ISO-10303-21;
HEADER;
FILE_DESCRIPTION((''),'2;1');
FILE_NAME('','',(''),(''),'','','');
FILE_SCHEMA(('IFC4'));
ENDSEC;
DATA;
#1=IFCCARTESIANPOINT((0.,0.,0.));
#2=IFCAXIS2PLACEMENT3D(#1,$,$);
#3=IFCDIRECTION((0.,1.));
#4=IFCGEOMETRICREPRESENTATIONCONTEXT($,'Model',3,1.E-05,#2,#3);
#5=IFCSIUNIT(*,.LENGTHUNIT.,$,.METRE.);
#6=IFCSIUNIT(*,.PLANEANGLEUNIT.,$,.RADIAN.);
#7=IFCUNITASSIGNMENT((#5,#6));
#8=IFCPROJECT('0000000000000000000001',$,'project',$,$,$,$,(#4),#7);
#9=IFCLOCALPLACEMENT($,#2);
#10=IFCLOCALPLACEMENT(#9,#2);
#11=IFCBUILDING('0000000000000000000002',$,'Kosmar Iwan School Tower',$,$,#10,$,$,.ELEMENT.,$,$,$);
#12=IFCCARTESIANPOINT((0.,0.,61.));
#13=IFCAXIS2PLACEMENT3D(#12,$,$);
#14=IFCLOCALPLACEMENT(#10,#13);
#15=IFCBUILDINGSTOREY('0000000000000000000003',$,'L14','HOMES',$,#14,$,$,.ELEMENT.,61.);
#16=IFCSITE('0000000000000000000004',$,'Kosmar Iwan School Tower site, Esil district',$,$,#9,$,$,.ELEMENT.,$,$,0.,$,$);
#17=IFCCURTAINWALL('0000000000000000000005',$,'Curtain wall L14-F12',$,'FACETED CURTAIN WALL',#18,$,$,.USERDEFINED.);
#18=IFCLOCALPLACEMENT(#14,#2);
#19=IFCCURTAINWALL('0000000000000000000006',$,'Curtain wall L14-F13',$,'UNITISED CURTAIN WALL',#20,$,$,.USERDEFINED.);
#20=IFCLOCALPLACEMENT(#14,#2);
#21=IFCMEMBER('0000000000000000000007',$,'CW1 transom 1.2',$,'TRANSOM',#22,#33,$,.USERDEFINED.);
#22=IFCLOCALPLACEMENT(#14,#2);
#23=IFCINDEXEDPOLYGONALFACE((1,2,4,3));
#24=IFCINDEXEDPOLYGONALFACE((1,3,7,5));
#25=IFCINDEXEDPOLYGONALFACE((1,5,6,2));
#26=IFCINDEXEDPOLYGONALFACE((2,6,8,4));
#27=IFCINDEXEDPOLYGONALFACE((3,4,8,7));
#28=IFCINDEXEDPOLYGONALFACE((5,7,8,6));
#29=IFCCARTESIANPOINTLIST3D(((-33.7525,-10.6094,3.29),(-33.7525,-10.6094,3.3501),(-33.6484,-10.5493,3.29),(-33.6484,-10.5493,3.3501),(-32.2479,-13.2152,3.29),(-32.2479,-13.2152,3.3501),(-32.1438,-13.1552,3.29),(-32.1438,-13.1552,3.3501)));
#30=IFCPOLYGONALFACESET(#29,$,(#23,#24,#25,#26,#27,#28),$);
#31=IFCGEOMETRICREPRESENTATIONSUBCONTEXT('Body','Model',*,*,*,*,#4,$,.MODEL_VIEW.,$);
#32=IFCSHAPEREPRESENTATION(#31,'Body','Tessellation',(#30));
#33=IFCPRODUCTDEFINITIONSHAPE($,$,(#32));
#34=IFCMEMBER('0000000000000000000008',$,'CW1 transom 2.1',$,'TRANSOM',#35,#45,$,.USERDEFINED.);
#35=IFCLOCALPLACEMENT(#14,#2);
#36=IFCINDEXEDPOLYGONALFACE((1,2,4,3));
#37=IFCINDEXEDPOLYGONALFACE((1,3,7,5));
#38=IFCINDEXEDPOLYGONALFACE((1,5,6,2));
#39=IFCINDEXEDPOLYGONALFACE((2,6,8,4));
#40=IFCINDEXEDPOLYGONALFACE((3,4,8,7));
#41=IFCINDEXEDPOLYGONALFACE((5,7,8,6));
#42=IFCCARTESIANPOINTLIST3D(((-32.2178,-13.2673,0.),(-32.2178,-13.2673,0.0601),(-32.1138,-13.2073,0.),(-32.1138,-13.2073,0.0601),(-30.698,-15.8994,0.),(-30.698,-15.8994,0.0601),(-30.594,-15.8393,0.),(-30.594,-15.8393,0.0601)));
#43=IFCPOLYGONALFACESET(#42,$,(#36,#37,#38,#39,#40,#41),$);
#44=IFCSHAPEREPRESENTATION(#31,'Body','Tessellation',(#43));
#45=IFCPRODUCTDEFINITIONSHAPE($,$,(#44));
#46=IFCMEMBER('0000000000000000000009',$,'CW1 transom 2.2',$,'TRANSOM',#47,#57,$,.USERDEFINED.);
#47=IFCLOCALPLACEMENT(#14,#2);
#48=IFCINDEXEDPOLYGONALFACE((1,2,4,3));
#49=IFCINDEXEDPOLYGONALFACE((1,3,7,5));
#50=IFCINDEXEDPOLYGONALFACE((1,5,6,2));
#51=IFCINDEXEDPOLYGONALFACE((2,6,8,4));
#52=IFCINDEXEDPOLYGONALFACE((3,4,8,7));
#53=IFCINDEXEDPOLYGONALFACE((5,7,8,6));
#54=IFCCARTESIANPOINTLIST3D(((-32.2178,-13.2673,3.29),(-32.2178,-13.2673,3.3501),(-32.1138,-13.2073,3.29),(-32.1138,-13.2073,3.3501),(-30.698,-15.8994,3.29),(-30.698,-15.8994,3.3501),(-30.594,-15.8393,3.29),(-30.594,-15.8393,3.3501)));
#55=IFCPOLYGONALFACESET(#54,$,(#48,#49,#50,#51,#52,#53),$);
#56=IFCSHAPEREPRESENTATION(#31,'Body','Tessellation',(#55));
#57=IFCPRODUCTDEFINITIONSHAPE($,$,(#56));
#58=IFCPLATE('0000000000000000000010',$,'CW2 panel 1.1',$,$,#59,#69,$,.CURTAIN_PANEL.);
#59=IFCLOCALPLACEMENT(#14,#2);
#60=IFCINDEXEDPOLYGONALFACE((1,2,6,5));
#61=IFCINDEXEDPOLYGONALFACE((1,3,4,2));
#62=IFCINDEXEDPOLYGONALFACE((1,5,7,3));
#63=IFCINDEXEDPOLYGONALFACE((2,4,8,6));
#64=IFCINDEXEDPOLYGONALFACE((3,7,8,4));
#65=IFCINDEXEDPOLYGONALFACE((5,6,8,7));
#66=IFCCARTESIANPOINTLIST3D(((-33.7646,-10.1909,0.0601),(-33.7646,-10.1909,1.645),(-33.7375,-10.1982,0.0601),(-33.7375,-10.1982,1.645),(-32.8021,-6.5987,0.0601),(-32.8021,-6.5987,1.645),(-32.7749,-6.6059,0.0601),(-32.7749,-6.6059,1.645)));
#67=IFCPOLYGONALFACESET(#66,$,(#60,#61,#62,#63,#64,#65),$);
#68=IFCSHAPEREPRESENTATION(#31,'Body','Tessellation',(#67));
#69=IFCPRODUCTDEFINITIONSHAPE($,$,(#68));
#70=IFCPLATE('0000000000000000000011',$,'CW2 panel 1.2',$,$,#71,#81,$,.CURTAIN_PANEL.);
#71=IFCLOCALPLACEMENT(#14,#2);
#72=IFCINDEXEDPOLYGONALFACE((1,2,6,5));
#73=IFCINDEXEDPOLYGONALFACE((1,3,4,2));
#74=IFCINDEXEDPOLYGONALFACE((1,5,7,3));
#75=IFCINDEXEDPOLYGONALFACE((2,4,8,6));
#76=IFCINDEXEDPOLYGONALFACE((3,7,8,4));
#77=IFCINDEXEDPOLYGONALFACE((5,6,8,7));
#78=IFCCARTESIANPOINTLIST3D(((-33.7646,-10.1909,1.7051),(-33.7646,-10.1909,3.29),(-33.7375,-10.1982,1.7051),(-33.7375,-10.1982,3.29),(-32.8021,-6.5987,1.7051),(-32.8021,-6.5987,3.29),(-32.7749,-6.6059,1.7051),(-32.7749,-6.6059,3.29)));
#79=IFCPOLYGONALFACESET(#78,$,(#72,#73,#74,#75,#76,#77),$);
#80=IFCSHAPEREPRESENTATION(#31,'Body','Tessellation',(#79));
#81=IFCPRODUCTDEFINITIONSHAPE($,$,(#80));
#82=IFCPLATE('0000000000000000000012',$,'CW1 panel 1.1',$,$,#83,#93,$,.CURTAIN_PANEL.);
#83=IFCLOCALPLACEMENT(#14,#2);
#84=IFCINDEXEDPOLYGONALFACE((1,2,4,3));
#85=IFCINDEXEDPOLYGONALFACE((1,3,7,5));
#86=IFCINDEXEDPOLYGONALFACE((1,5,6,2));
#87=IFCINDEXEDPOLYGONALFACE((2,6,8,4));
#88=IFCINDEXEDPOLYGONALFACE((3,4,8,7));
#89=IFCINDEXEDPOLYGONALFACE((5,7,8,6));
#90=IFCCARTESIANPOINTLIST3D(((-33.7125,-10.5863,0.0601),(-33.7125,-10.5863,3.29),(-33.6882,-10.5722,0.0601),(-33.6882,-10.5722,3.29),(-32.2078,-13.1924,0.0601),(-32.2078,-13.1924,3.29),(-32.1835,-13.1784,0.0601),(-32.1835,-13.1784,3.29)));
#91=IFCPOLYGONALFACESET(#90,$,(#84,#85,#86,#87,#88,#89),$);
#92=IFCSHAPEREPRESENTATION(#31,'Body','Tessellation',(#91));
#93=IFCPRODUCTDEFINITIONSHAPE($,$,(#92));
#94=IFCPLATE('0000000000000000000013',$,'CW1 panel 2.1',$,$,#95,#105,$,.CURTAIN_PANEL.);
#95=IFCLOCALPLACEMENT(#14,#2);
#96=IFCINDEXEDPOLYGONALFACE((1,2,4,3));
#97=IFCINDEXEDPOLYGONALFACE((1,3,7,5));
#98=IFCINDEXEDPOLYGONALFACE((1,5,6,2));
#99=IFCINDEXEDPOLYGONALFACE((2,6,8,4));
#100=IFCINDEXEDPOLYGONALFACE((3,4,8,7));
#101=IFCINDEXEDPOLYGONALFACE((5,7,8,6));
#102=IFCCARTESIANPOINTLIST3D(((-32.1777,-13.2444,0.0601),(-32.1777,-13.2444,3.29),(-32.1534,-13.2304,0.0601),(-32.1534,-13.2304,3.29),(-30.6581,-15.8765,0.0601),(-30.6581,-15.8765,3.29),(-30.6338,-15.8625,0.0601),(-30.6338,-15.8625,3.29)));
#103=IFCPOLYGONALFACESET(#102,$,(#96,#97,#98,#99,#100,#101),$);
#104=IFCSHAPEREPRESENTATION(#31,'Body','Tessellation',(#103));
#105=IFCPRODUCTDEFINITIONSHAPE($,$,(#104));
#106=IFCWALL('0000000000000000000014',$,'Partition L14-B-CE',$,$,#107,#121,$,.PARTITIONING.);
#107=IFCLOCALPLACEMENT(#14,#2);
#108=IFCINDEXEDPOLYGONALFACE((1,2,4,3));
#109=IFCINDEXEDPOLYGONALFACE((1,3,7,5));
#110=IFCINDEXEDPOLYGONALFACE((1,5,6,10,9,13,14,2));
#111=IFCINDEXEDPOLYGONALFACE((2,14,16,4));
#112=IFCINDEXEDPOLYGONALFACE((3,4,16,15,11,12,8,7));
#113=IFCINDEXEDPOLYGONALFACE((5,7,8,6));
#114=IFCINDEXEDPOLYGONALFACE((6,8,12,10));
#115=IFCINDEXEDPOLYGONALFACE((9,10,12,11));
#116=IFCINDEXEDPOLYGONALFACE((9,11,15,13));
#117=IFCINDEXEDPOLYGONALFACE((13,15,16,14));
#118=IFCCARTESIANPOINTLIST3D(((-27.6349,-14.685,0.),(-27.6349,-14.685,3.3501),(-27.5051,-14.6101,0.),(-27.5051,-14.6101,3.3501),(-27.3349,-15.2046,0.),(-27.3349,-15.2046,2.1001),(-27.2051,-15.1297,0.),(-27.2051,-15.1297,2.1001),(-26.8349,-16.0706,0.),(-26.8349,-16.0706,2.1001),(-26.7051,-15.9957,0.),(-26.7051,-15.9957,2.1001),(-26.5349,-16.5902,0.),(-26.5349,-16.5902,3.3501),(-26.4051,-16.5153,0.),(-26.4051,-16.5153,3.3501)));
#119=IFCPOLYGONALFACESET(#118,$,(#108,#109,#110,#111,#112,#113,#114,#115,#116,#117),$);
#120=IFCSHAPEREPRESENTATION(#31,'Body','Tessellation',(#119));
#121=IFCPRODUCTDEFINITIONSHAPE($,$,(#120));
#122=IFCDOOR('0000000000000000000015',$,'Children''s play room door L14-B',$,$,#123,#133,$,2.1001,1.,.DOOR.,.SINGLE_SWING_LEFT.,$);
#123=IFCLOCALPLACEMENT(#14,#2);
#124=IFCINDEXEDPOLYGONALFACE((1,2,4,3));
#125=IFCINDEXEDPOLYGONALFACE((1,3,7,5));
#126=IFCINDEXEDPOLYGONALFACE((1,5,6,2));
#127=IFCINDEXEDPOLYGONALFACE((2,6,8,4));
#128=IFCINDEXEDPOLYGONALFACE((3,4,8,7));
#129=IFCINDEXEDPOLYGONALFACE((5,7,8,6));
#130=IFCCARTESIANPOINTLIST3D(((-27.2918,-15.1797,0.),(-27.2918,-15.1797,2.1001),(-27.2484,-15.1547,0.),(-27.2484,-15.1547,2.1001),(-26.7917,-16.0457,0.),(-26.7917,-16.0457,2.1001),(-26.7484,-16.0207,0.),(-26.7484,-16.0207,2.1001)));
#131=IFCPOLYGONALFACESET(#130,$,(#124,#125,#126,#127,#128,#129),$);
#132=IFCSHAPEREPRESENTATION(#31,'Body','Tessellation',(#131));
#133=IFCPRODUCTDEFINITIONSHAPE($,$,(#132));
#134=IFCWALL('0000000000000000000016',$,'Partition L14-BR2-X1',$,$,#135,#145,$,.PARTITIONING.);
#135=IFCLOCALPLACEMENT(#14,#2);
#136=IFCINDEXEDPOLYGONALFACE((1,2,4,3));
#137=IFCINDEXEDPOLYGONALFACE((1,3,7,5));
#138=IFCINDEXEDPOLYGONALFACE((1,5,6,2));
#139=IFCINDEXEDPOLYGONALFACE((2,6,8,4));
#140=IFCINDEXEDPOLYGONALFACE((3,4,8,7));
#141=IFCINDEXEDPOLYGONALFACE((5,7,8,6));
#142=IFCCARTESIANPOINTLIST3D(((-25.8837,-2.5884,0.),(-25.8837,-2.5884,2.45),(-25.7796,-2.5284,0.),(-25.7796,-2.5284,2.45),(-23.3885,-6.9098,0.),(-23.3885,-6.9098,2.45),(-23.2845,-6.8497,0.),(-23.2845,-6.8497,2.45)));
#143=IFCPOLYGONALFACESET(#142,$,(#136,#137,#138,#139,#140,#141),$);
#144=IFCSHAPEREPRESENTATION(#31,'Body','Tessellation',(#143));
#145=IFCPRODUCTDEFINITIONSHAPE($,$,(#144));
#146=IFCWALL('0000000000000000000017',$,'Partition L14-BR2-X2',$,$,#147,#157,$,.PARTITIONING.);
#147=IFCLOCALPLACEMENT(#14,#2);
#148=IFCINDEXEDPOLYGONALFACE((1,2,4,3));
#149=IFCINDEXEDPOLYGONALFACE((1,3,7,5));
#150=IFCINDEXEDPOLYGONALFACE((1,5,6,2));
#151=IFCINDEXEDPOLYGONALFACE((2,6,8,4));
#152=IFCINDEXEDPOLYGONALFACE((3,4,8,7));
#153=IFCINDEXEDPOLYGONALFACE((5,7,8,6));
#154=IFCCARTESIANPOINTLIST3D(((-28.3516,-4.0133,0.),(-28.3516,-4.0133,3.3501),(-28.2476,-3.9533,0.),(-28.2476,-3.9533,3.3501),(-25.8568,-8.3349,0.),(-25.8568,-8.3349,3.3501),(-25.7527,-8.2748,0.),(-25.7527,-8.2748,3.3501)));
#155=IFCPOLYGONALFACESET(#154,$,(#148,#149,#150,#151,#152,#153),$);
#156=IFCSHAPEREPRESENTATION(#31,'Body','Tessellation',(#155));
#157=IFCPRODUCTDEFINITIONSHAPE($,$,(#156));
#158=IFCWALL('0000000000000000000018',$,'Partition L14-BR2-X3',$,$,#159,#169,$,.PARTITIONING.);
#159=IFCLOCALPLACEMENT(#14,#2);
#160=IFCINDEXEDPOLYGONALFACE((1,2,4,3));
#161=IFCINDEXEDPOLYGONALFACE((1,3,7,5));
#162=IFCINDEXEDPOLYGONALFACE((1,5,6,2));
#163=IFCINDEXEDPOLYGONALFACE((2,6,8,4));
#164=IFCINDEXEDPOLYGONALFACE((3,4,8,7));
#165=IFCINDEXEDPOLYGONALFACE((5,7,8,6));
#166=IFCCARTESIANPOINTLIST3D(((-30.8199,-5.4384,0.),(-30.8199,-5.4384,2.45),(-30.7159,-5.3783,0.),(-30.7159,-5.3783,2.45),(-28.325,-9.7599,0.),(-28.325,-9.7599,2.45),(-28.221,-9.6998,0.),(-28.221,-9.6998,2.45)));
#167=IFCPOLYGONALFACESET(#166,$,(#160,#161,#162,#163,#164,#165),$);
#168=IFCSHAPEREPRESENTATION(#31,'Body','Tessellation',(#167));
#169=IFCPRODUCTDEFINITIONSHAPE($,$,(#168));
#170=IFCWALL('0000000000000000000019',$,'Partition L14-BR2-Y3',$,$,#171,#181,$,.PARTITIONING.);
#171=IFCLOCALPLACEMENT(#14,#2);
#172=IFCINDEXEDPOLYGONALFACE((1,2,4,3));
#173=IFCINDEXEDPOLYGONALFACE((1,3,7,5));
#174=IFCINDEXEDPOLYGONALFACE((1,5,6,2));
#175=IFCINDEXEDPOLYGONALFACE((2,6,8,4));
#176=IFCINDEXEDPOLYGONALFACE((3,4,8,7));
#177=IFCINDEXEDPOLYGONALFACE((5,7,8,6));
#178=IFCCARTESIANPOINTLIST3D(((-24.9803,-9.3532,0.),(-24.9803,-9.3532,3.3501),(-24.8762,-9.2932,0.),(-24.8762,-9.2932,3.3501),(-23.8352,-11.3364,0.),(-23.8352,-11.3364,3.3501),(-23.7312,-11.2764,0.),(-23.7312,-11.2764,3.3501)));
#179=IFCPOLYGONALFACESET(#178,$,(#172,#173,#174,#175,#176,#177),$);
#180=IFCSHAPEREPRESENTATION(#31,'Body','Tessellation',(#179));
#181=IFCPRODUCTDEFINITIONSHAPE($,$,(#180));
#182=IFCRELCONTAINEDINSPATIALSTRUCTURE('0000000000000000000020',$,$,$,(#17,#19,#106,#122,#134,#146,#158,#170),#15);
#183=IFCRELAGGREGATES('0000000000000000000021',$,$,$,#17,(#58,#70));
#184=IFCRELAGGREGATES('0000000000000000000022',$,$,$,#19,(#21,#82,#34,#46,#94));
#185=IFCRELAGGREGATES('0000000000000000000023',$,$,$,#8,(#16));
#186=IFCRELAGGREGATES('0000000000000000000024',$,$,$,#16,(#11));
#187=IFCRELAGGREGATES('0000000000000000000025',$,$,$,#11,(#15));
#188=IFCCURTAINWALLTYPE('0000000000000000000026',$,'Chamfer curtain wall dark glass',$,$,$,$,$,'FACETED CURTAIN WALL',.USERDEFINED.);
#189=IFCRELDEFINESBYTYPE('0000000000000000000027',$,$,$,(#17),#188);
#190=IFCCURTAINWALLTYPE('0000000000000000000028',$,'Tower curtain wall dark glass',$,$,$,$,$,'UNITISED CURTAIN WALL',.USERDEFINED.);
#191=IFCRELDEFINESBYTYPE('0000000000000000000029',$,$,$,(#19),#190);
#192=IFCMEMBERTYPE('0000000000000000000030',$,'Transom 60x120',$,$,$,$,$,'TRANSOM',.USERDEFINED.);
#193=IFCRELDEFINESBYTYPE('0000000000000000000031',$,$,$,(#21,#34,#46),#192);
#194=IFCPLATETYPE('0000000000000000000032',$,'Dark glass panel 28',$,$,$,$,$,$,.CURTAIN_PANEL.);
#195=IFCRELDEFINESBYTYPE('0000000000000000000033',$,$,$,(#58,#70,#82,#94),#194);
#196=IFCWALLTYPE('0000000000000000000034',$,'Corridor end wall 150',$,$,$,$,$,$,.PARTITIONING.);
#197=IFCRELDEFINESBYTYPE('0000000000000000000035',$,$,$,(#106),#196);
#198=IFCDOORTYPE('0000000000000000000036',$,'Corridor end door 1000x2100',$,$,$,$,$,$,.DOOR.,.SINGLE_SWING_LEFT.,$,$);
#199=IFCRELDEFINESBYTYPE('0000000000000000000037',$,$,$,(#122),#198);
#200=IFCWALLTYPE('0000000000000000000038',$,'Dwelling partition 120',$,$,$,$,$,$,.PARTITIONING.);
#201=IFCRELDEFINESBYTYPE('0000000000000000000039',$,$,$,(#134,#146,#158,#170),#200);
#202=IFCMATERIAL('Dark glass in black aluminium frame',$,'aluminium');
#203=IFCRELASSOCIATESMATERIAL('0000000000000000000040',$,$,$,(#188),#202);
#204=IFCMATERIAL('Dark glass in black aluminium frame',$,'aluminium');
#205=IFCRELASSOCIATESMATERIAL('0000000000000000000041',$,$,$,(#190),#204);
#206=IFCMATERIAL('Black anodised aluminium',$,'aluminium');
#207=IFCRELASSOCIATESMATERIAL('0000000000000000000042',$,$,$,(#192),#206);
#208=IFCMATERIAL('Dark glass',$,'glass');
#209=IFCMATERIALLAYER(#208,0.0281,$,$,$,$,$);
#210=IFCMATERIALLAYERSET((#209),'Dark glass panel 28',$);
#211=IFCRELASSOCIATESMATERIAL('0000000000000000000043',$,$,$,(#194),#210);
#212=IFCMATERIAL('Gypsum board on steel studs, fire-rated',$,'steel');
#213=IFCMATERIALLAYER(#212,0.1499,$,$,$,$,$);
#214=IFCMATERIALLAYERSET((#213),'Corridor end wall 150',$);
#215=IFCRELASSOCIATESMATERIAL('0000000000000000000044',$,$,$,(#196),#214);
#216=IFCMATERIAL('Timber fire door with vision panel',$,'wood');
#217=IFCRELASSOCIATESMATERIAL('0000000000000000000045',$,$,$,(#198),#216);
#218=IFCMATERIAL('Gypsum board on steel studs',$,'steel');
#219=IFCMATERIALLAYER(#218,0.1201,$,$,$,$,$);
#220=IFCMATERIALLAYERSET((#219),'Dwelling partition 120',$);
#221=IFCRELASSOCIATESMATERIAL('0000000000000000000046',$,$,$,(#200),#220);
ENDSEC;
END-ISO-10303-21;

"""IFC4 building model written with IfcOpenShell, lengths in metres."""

from ifc_helpers import new_model, si_unit, direction, frame, frame_2d, origin, origin_2d, place, context, subcontext, project, spatial, rectangle, extrude, material, layer, layer_set, material_profile, profile_set, type_object, element, fill, aggregate, save


model = new_model("IFC4")

# Units and contexts
model_context = context("Model", 3, precision=1e-05, world=origin(), true_north=direction((0.0, 1.0)))
body_context = subcontext(model_context, "Body", "Model", "MODEL_VIEW")
ifc_project = project(units=[si_unit("LENGTHUNIT", "METRE"), si_unit("PLANEANGLEUNIT", "RADIAN")], contexts=[model_context])

# Site, building, storey
site_placement = place(None, origin())
site = spatial("IfcSite", under=ifc_project, at=site_placement, Name="Kosmar Iwan School Tower site, Esil district", CompositionType="ELEMENT", RefElevation=0.0)
building_placement = place(site_placement, origin())
building = spatial("IfcBuilding", under=site, at=building_placement, Name="Kosmar Iwan School Tower", CompositionType="ELEMENT")
storey_placement = place(building_placement, frame((0.0, 0.0, 61.0)))
storey = spatial("IfcBuildingStorey", under=building, at=storey_placement, Name="L14", Description="HOMES", CompositionType="ELEMENT", Elevation=61.0)

# Curtain walls
ifc_material_1 = material(Name="Dark glass in black aluminium frame", Category="aluminium")
curtain_wall_type_1 = type_object("IfcCurtainWallType", Name="Chamfer curtain wall dark glass", ElementType="FACETED CURTAIN WALL", PredefinedType="USERDEFINED", material=ifc_material_1)
curtain_wall_1_placement = place(storey_placement, origin())
curtain_wall_1 = element("IfcCurtainWall", 1, at=curtain_wall_1_placement, inside=storey, type_object=curtain_wall_type_1, Name="Curtain wall L14-F12", ObjectType="FACETED CURTAIN WALL", PredefinedType="USERDEFINED")
ifc_material_2 = material(Name="Dark glass in black aluminium frame", Category="aluminium")
curtain_wall_type_2 = type_object("IfcCurtainWallType", Name="Tower curtain wall dark glass", ElementType="UNITISED CURTAIN WALL", PredefinedType="USERDEFINED", material=ifc_material_2)
curtain_wall_2_placement = place(storey_placement, origin())
curtain_wall_2 = element("IfcCurtainWall", 2, at=curtain_wall_2_placement, inside=storey, type_object=curtain_wall_type_2, Name="Curtain wall L14-F13", ObjectType="UNITISED CURTAIN WALL", PredefinedType="USERDEFINED")

# Members
ifc_material_3 = material(Name="Black anodised aluminium", Category="aluminium")
ifc_material_profile_1 = material_profile(ifc_material_3, rectangle(XDim=0.1201, YDim=0.0601, at=origin_2d()), Name="TRANSOM 60x120")
ifc_profile_set_1 = profile_set([ifc_material_profile_1], Name="Black anodised aluminium")
member_type_1 = type_object("IfcMemberType", Name="Transom 60x120", ElementType="TRANSOM", PredefinedType="USERDEFINED", material=ifc_profile_set_1)
member_1_placement = place(storey_placement, frame((-33.7004, -10.5793, 3.3201), z_axis=(0.500022, -0.866013, 0.0), x_axis=(0.866013, 0.500022, 0.0)))
member_1 = element("IfcMember", 3, at=member_1_placement, type_object=member_type_1, Name="CW1 transom 1.2", ObjectType="TRANSOM", PredefinedType="USERDEFINED", context=body_context, shape_type="SweptSolid", body=[
    extrude(rectangle(XDim=0.1201, YDim=0.0601, at=origin_2d()), origin(), (0.0, 0.0, 1.0), 3.009),
])
member_2_placement = place(storey_placement, frame((-32.1658, -13.2373, 0.03), z_axis=(0.500035, -0.866005, 0.0), x_axis=(0.866005, 0.500035, 0.0)))
member_2 = element("IfcMember", 4, at=member_2_placement, type_object=member_type_1, Name="CW1 transom 2.1", ObjectType="TRANSOM", PredefinedType="USERDEFINED", context=body_context, shape_type="SweptSolid", body=[
    extrude(rectangle(XDim=0.1201, YDim=0.0601, at=origin_2d()), origin(), (0.0, 0.0, 1.0), 3.0393),
])
member_3_placement = place(storey_placement, frame((-32.1658, -13.2373, 3.3201), z_axis=(0.500035, -0.866005, 0.0), x_axis=(0.866005, 0.500035, 0.0)))
member_3 = element("IfcMember", 5, at=member_3_placement, type_object=member_type_1, Name="CW1 transom 2.2", ObjectType="TRANSOM", PredefinedType="USERDEFINED", context=body_context, shape_type="SweptSolid", body=[
    extrude(rectangle(XDim=0.1201, YDim=0.0601, at=origin_2d()), origin(), (0.0, 0.0, 1.0), 3.0393),
])

# Plates
ifc_material_4 = material(Name="Dark glass", Category="glass")
ifc_layer_1 = layer(ifc_material_4, 0.0281)
ifc_layer_set_1 = layer_set([ifc_layer_1], Name="Dark glass panel 28")
plate_type = type_object("IfcPlateType", Name="Dark glass panel 28", PredefinedType="CURTAIN_PANEL", material=ifc_layer_set_1)
plate_1_placement = place(storey_placement, frame((-33.2698, -8.3984, 0.0601), z_axis=(0.0, 0.0, 1.0), x_axis=(-0.258819, -0.965926, 0.0)))
plate_1 = element("IfcPlate", 6, at=plate_1_placement, type_object=plate_type, Name="CW2 panel 1.1", PredefinedType="CURTAIN_PANEL", context=body_context, shape_type="SweptSolid", body=[
    extrude(rectangle(XDim=3.719, YDim=0.0281, at=origin_2d()), origin(), (0.0, 0.0, 1.0), 1.585),
])
plate_2_placement = place(storey_placement, frame((-33.2698, -8.3984, 1.7051), z_axis=(0.0, 0.0, 1.0), x_axis=(-0.258819, -0.965926, 0.0)))
plate_2 = element("IfcPlate", 7, at=plate_2_placement, type_object=plate_type, Name="CW2 panel 1.2", PredefinedType="CURTAIN_PANEL", context=body_context, shape_type="SweptSolid", body=[
    extrude(rectangle(XDim=3.719, YDim=0.0281, at=origin_2d()), origin(), (0.0, 0.0, 1.0), 1.585),
])
aggregate(curtain_wall_1, [plate_1, plate_2])
plate_3_placement = place(storey_placement, frame((-32.948, -11.8823, 0.0601), z_axis=(0.0, 0.0, 1.0), x_axis=(0.5, -0.866025, 0.0)))
plate_3 = element("IfcPlate", 8, at=plate_3_placement, type_object=plate_type, Name="CW1 panel 1.1", PredefinedType="CURTAIN_PANEL", context=body_context, shape_type="SweptSolid", body=[
    extrude(rectangle(XDim=3.0093, YDim=0.0281, at=origin_2d()), origin(), (0.0, 0.0, 1.0), 3.23),
])
plate_4_placement = place(storey_placement, frame((-31.4058, -14.5535, 0.0601), z_axis=(0.0, 0.0, 1.0), x_axis=(0.5, -0.866025, 0.0)))
plate_4 = element("IfcPlate", 9, at=plate_4_placement, type_object=plate_type, Name="CW1 panel 2.1", PredefinedType="CURTAIN_PANEL", context=body_context, shape_type="SweptSolid", body=[
    extrude(rectangle(XDim=3.0393, YDim=0.0281, at=origin_2d()), origin(), (0.0, 0.0, 1.0), 3.23),
])
aggregate(curtain_wall_2, [member_1, plate_3, member_2, member_3, plate_4])

# Wall, opening, door
ifc_material_5 = material(Name="Gypsum board on steel studs, fire-rated", Category="steel")
ifc_layer_2 = layer(ifc_material_5, 0.1499)
ifc_layer_set_2 = layer_set([ifc_layer_2], Name="Corridor end wall 150")
wall_type_1 = type_object("IfcWallType", Name="Corridor end wall 150", PredefinedType="PARTITIONING", material=ifc_layer_set_2)
wall_1_placement = place(storey_placement, frame((-27.5701, -14.6475, 0.0), z_axis=(0.0, 0.0, 1.0), x_axis=(0.50003, -0.866008, 0.0)))
wall_1 = element("IfcWall", 10, at=wall_1_placement, inside=storey, type_object=wall_type_1, Name="Partition L14-B-CE", PredefinedType="PARTITIONING", context=body_context, shape_type="SweptSolid", body=[
    extrude(rectangle(XDim=2.2, YDim=0.1499, at=frame_2d((1.1001, 0.0))), origin(), (0.0, 0.0, 1.0), 3.3501),
])
opening_placement = place(wall_1_placement, frame((0.6001, 0.0, 0.0)))
opening = element("IfcOpeningElement", 11, at=opening_placement, cuts=wall_1, PredefinedType="OPENING", context=body_context, shape_type="SweptSolid", body=[
    extrude(rectangle(XDim=1.0, YDim=2.1001, at=frame_2d((0.5, 1.05))), frame((0.0, 0.0869, 0.0), z_axis=(0.0, -1.0, 0.0), x_axis=(1.0, 0.0, 0.0)), (0.0, 0.0, 1.0), 0.1738),
])
ifc_material_6 = material(Name="Timber fire door with vision panel", Category="wood")
door_type = type_object("IfcDoorType", Name="Corridor end door 1000x2100", OperationType="SINGLE_SWING_LEFT", PredefinedType="DOOR", material=ifc_material_6)
door_placement = place(opening_placement, origin())
door = element("IfcDoor", 12, at=door_placement, inside=storey, type_object=door_type, Name="Children's play room door L14-B", OperationType="SINGLE_SWING_LEFT", OverallHeight=2.1001, OverallWidth=1.0, PredefinedType="DOOR", context=body_context, shape_type="SweptSolid", body=[
    extrude(rectangle(XDim=1.0, YDim=2.1001, at=frame_2d((0.5, 1.05))), frame((0.0, 0.0249, 0.0), z_axis=(0.0, -1.0, 0.0), x_axis=(1.0, 0.0, 0.0)), (0.0, 0.0, 1.0), 0.05),
])
fill(opening, door)

# Walls
ifc_material_7 = material(Name="Gypsum board on steel studs", Category="steel")
ifc_layer_3 = layer(ifc_material_7, 0.1201)
ifc_layer_set_3 = layer_set([ifc_layer_3], Name="Dwelling partition 120")
wall_type_2 = type_object("IfcWallType", Name="Dwelling partition 120", PredefinedType="PARTITIONING", material=ifc_layer_set_3)
wall_2_placement = place(storey_placement, frame((-23.3364, -6.8799, 0.0), z_axis=(0.0, 0.0, 1.0), x_axis=(-0.500033, 0.866006, 0.0)))
element("IfcWall", 13, at=wall_2_placement, inside=storey, type_object=wall_type_2, Name="Partition L14-BR2-X1", PredefinedType="PARTITIONING", context=body_context, shape_type="SweptSolid", body=[
    extrude(rectangle(XDim=4.99, YDim=0.1201, at=frame_2d((2.4951, 0.0))), origin(), (0.0, 0.0, 1.0), 2.45),
])
wall_3_placement = place(storey_placement, frame((-25.8047, -8.3049, 0.0), z_axis=(0.0, 0.0, 1.0), x_axis=(-0.499975, 0.86604, 0.0)))
element("IfcWall", 14, at=wall_3_placement, inside=storey, type_object=wall_type_2, Name="Partition L14-BR2-X2", PredefinedType="PARTITIONING", context=body_context, shape_type="SweptSolid", body=[
    extrude(rectangle(XDim=4.99, YDim=0.1201, at=frame_2d((2.4951, 0.0))), origin(), (0.0, 0.0, 1.0), 3.3501),
])
wall_4_placement = place(storey_placement, frame((-28.2729, -9.73, 0.0), z_axis=(0.0, 0.0, 1.0), x_axis=(-0.499975, 0.86604, 0.0)))
element("IfcWall", 15, at=wall_4_placement, inside=storey, type_object=wall_type_2, Name="Partition L14-BR2-X3", PredefinedType="PARTITIONING", context=body_context, shape_type="SweptSolid", body=[
    extrude(rectangle(XDim=4.99, YDim=0.1201, at=frame_2d((2.4951, 0.0))), origin(), (0.0, 0.0, 1.0), 2.45),
])
wall_5_placement = place(storey_placement, frame((-23.7832, -11.3064, 0.0), z_axis=(0.0, 0.0, 1.0), x_axis=(-0.500015, 0.866017, 0.0)))
element("IfcWall", 16, at=wall_5_placement, inside=storey, type_object=wall_type_2, Name="Partition L14-BR2-Y3", PredefinedType="PARTITIONING", context=body_context, shape_type="SweptSolid", body=[
    extrude(rectangle(XDim=2.29, YDim=0.1201, at=frame_2d((1.145, 0.0))), origin(), (0.0, 0.0, 1.0), 3.3501),
])

save(model, "model.ifc")
